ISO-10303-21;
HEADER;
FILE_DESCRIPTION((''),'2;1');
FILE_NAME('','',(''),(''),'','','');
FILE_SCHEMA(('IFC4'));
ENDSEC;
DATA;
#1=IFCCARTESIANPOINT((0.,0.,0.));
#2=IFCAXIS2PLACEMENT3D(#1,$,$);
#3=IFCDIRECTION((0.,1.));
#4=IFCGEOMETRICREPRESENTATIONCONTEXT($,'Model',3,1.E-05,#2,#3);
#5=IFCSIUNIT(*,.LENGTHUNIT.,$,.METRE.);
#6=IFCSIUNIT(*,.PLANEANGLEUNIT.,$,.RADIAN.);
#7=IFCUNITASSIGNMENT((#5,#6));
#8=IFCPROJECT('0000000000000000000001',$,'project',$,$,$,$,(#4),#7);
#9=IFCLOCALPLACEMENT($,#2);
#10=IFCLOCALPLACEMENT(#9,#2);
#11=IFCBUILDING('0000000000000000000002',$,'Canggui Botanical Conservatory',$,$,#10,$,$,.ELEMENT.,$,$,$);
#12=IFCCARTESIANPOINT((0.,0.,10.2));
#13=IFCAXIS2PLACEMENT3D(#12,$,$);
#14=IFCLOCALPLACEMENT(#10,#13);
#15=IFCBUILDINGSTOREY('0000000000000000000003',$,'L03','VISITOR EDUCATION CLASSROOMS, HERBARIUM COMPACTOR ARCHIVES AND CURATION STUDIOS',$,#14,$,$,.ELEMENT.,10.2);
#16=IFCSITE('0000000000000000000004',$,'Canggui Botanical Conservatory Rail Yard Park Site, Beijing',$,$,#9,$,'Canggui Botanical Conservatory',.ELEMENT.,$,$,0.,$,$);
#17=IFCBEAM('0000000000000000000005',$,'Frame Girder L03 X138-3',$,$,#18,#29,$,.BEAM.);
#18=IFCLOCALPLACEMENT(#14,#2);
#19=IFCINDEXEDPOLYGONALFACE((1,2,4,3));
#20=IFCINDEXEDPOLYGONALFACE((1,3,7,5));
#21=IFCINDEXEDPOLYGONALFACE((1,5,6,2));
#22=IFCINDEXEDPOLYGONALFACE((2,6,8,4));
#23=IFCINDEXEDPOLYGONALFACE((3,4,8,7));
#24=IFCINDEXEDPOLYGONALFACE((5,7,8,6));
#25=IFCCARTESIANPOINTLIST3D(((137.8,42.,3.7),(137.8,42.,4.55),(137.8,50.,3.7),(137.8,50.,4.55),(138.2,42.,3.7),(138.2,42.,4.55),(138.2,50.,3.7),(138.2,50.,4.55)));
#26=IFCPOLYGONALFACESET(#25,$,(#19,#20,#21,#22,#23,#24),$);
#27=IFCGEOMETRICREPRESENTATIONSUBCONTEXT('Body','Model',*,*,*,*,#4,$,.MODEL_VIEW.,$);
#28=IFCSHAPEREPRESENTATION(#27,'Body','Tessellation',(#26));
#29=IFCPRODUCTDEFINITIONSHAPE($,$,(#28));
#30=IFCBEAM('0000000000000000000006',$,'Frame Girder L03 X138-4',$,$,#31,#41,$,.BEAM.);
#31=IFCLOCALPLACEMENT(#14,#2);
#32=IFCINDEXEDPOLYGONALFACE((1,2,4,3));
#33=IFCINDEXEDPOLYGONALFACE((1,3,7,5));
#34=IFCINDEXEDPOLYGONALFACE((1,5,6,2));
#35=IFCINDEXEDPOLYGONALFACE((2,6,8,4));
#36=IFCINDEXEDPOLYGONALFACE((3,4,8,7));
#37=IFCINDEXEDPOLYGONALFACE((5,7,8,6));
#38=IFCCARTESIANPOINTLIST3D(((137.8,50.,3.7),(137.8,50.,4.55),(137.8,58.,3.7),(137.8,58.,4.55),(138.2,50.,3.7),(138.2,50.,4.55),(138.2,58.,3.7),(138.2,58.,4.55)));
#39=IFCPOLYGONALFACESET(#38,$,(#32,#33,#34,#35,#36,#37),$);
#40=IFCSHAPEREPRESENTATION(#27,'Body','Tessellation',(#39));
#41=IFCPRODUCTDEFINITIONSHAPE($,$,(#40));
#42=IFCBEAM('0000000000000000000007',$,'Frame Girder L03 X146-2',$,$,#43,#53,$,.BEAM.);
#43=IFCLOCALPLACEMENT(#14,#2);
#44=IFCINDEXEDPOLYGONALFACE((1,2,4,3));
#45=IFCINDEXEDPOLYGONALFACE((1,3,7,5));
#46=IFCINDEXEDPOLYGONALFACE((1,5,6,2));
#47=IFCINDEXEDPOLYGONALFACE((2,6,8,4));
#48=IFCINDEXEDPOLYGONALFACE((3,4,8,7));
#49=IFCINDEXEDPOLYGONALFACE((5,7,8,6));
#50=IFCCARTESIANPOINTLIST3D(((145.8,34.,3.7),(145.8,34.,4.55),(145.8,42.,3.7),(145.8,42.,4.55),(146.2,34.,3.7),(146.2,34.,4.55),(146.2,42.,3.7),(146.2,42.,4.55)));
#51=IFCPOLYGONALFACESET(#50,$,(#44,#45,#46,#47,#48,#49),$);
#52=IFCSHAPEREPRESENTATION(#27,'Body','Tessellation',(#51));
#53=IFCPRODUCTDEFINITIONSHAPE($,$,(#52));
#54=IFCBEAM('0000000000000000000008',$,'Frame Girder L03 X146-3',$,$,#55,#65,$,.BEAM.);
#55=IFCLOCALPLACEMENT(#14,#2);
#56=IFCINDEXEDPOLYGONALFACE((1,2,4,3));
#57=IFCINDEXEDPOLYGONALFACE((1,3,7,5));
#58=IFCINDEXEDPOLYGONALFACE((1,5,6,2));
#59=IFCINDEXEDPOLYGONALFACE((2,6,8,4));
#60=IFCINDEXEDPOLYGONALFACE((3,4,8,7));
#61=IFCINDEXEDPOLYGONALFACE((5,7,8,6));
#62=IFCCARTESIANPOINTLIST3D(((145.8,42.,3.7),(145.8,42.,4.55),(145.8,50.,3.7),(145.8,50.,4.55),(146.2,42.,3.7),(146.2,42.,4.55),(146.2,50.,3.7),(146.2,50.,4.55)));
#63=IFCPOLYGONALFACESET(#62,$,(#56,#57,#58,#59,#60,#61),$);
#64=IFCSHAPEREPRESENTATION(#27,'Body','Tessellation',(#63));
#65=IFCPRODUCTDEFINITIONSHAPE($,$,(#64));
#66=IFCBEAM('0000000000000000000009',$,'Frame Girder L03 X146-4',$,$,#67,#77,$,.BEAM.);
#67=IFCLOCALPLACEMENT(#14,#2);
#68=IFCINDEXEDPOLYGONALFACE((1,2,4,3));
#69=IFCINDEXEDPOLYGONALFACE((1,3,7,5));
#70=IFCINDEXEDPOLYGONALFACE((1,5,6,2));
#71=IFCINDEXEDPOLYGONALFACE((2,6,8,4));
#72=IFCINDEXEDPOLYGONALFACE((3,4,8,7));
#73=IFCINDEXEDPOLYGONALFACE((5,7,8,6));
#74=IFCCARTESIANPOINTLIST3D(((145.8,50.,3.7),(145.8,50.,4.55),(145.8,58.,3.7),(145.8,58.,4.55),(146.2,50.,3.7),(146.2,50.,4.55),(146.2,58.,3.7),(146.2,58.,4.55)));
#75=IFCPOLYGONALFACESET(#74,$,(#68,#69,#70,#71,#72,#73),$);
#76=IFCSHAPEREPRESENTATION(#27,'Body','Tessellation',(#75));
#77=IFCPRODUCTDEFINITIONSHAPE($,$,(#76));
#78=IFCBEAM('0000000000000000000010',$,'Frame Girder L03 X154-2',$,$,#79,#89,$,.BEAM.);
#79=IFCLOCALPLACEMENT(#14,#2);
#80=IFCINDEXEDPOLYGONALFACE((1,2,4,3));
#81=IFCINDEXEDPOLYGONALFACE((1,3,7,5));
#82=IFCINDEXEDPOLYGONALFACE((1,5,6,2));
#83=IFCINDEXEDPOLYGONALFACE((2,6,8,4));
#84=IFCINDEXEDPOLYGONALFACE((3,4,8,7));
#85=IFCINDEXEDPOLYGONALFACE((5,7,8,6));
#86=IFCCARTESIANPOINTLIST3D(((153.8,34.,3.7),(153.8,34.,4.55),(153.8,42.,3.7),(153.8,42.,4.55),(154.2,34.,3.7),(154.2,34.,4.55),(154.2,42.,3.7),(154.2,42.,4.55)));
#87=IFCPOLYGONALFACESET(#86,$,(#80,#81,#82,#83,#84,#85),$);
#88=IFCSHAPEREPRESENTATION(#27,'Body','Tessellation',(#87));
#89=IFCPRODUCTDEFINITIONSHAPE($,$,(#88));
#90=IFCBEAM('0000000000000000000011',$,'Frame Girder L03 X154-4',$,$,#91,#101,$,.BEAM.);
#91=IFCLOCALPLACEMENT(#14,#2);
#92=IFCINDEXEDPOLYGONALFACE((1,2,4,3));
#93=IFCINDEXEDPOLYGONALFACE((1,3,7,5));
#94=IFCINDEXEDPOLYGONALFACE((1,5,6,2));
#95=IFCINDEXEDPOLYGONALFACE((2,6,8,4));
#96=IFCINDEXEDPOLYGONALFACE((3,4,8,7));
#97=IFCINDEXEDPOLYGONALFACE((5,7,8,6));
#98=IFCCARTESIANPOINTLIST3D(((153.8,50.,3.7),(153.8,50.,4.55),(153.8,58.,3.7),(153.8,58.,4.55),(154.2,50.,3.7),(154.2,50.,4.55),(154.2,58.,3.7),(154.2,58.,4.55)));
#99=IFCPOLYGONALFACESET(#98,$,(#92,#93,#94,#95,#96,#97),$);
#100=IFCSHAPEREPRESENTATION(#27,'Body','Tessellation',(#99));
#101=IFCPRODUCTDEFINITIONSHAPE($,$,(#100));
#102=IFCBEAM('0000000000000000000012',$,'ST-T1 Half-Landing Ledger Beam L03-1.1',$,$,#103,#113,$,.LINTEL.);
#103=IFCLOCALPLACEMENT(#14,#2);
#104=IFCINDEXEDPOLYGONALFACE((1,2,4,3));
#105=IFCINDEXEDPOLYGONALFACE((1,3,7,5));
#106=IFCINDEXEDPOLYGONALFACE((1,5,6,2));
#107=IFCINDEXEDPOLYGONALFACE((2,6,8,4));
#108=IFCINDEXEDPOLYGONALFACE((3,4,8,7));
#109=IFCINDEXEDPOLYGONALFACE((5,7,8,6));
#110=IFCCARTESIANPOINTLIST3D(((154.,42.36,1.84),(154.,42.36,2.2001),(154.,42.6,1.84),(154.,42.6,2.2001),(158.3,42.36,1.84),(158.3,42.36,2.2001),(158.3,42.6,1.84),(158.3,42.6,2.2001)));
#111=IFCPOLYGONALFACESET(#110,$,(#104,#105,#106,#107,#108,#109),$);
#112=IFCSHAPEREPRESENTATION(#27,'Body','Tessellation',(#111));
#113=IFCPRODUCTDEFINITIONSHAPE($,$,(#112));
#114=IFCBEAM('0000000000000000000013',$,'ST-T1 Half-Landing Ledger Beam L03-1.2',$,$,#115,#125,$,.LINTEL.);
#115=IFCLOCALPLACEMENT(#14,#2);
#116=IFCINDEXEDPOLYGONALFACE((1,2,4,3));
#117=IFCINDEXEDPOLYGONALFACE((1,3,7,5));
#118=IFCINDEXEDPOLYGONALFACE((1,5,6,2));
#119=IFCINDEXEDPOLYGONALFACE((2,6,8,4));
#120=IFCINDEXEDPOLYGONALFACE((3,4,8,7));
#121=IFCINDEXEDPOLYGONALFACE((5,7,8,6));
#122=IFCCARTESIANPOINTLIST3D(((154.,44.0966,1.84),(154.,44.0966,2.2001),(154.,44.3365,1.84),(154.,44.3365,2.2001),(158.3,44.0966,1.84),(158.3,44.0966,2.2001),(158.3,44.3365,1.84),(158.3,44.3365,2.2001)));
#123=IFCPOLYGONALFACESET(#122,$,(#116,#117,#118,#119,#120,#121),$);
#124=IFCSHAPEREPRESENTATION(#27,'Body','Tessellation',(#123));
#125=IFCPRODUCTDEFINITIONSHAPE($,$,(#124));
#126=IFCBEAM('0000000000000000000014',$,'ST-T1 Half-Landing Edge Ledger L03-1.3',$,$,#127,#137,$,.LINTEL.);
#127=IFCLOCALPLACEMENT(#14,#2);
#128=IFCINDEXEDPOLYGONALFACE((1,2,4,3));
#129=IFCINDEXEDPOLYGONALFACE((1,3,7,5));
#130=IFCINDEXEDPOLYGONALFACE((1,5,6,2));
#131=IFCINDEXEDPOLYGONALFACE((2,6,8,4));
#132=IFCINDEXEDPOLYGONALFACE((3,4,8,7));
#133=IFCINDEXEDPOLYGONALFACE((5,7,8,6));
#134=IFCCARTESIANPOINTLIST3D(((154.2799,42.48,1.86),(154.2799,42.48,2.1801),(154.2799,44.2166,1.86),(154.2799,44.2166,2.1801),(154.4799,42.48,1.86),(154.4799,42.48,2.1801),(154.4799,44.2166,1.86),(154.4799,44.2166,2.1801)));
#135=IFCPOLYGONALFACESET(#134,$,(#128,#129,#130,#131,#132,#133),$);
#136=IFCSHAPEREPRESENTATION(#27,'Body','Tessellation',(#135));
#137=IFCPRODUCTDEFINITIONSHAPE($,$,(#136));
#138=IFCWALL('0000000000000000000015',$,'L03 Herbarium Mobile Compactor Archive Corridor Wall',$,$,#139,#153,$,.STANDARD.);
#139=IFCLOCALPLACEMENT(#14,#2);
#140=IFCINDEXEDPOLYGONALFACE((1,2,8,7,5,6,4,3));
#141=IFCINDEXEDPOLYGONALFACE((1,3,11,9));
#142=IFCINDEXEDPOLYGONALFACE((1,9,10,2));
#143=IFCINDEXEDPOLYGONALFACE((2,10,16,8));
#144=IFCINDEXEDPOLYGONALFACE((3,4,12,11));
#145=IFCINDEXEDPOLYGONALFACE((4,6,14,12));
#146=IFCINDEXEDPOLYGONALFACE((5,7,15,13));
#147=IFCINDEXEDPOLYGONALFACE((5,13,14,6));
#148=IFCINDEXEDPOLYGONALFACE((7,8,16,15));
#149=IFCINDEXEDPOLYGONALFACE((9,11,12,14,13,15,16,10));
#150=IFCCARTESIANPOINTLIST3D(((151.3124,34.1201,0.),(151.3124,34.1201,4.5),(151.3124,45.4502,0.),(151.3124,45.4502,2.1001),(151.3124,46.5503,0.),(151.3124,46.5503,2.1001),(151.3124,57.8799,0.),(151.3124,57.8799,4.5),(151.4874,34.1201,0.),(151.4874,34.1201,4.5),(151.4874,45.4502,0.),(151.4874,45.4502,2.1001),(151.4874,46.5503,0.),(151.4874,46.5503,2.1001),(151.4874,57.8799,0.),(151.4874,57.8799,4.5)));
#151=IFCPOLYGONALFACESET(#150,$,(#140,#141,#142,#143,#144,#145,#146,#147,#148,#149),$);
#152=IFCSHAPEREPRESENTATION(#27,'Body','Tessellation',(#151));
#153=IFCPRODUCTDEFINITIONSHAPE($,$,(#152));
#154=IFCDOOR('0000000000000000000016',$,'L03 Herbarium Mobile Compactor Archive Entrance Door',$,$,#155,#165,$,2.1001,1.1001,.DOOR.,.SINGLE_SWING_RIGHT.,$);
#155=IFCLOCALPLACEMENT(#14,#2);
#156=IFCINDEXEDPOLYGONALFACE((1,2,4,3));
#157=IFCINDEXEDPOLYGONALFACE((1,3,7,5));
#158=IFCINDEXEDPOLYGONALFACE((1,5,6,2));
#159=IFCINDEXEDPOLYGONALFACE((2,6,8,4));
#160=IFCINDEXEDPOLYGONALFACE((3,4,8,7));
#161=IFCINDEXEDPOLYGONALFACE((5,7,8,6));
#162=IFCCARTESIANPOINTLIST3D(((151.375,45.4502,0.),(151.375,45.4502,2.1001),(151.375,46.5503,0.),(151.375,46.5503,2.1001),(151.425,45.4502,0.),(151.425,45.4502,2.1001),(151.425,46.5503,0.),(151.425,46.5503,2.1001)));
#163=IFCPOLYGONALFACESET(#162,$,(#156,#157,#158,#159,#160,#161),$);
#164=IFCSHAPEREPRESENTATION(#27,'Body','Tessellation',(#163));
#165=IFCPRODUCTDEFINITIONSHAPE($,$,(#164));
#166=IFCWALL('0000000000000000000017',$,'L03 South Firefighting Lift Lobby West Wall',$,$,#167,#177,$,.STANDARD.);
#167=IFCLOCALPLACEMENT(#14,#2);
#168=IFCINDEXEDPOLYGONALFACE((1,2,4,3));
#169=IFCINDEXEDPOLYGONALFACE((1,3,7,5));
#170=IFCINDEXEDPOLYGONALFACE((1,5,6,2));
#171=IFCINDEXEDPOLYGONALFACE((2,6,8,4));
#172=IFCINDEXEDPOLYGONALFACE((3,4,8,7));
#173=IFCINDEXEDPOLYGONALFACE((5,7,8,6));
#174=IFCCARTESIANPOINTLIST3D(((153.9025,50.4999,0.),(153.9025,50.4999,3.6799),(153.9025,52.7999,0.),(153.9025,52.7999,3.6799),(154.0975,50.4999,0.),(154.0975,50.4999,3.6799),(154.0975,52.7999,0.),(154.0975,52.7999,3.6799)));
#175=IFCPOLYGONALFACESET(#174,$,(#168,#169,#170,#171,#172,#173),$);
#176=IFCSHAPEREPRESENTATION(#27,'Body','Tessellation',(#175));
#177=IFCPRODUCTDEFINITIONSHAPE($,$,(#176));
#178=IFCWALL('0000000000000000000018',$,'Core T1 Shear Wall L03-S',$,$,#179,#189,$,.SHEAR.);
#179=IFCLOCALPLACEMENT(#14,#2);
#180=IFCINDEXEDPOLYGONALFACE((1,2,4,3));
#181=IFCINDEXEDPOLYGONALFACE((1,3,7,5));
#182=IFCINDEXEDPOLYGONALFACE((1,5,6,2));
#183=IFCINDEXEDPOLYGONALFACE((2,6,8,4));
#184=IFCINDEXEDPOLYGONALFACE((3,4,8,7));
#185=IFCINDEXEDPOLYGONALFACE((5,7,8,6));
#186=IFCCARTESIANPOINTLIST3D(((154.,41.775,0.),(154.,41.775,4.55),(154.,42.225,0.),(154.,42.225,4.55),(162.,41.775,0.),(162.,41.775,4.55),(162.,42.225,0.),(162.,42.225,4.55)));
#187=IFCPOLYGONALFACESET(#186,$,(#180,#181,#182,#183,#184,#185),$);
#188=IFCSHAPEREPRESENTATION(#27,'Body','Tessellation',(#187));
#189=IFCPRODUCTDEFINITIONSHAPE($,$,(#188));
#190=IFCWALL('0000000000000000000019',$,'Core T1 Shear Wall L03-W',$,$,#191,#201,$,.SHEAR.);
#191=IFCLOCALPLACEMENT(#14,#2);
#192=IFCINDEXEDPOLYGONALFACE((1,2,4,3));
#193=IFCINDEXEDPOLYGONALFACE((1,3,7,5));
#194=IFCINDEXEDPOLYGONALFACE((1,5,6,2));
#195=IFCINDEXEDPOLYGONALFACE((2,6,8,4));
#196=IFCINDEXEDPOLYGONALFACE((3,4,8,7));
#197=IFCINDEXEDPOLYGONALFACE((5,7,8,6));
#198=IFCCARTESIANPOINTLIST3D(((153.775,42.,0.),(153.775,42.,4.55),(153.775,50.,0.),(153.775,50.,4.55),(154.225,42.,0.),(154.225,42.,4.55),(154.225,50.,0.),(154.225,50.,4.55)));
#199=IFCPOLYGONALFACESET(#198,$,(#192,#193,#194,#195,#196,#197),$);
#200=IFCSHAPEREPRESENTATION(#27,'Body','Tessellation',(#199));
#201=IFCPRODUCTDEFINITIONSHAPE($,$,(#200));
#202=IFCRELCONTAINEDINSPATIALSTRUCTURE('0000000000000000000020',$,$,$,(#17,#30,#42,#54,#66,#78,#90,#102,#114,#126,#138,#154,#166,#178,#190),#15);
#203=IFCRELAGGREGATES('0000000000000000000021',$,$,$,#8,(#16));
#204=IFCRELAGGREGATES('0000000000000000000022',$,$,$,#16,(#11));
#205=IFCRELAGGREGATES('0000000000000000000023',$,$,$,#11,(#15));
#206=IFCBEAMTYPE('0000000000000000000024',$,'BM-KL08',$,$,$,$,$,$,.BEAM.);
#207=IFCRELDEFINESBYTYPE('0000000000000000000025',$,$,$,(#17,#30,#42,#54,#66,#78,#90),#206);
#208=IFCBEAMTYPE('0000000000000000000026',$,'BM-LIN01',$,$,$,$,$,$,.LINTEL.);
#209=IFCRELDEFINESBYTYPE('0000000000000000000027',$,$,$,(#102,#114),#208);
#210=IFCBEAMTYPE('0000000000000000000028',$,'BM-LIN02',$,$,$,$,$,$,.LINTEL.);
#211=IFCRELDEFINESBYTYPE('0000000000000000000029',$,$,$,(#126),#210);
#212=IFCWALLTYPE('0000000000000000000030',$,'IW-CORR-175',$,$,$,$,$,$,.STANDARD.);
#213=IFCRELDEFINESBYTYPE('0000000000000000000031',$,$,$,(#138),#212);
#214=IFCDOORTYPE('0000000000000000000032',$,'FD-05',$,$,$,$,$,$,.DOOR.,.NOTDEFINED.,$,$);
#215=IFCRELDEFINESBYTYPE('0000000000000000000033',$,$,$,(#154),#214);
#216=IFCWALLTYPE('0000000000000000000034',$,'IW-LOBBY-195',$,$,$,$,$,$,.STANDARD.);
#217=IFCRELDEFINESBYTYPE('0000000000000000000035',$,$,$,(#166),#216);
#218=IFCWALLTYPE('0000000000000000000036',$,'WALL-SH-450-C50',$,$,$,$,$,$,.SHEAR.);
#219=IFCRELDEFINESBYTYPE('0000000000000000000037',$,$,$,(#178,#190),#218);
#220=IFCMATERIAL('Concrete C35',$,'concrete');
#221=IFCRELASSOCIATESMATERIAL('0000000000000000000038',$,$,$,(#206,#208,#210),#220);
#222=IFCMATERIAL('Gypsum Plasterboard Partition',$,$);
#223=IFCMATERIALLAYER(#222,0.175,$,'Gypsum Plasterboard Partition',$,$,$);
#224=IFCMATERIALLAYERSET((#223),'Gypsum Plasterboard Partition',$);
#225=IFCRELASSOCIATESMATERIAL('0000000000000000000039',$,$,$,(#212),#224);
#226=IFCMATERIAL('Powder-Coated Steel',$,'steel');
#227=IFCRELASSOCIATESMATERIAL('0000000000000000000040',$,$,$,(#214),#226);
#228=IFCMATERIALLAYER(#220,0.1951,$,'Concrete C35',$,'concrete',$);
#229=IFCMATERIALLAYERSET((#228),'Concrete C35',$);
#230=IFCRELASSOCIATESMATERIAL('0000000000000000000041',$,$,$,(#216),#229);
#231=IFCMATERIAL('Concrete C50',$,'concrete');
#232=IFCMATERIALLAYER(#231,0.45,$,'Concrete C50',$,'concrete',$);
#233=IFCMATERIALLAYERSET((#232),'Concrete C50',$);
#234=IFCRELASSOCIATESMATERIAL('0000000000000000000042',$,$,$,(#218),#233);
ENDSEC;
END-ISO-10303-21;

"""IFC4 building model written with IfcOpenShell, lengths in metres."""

from ifc_helpers import new_model, si_unit, direction, frame, frame_2d, origin, origin_2d, place, context, subcontext, project, spatial, rectangle, extrude, material, layer, layer_set, material_profile, profile_set, type_object, element, fill, save


model = new_model("IFC4")

# Units and contexts
model_context = context("Model", 3, precision=1e-05, world=origin(), true_north=direction((0.0, 1.0)))
body_context = subcontext(model_context, "Body", "Model", "MODEL_VIEW")
ifc_project = project(units=[si_unit("LENGTHUNIT", "METRE"), si_unit("PLANEANGLEUNIT", "RADIAN")], contexts=[model_context])

# Site, building, storey
site_placement = place(None, origin())
site = spatial("IfcSite", under=ifc_project, at=site_placement, Name="Canggui Botanical Conservatory Rail Yard Park Site, Beijing", LongName="Canggui Botanical Conservatory", CompositionType="ELEMENT", RefElevation=0.0)
building_placement = place(site_placement, origin())
building = spatial("IfcBuilding", under=site, at=building_placement, Name="Canggui Botanical Conservatory", CompositionType="ELEMENT")
storey_placement = place(building_placement, frame((0.0, 0.0, 10.2)))
storey = spatial("IfcBuildingStorey", under=building, at=storey_placement, Name="L03", Description="VISITOR EDUCATION CLASSROOMS, HERBARIUM COMPACTOR ARCHIVES AND CURATION STUDIOS", CompositionType="ELEMENT", Elevation=10.2)

# Shared definitions
ifc_material_1 = material(Name="Concrete C50", Category="concrete")

# Beams
ifc_material_2 = material(Name="Concrete C35", Category="concrete")
ifc_material_profile_1 = material_profile(ifc_material_2, rectangle(XDim=0.3999, YDim=0.8501, at=origin_2d()), Name="RB 400x850")
ifc_profile_set_1 = profile_set([ifc_material_profile_1], Name="Concrete C35")
beam_type_1 = type_object("IfcBeamType", Name="BM-KL08", PredefinedType="BEAM", material=ifc_profile_set_1)
for number, where, z_axis, x_axis, name in (
    (1, (138.0, 42.0, 4.125), (0.0, 1.0, 0.0), (-1.0, 0.0, 0.0), "Frame Girder L03 X138-3"),
    (2, (138.0, 50.0, 4.125), (0.0, 1.0, 0.0), (-1.0, 0.0, 0.0), "Frame Girder L03 X138-4"),
    (3, (146.0, 34.0, 4.125), (0.0, 1.0, 0.0), (-1.0, 0.0, 0.0), "Frame Girder L03 X146-2"),
    (4, (146.0, 42.0, 4.125), (0.0, 1.0, 0.0), (-1.0, 0.0, 0.0), "Frame Girder L03 X146-3"),
    (5, (146.0, 50.0, 4.125), (0.0, 1.0, 0.0), (-1.0, 0.0, 0.0), "Frame Girder L03 X146-4"),
    (6, (154.0, 34.0, 4.125), (0.0, 1.0, 0.0), (-1.0, 0.0, 0.0), "Frame Girder L03 X154-2"),
    (7, (154.0, 50.0, 4.125), (0.0, 1.0, 0.0), (-1.0, 0.0, 0.0), "Frame Girder L03 X154-4"),
):
    element("IfcBeam", number, at=place(storey_placement, frame(where, z_axis=z_axis, x_axis=x_axis)), inside=storey, type_object=beam_type_1, Name=name, PredefinedType="BEAM", context=body_context, shape_type="SweptSolid", body=[
        extrude(rectangle(XDim=0.3999, YDim=0.8501, at=origin_2d()), origin(), (0.0, 0.0, 1.0), 8.0),
    ])
ifc_material_profile_2 = material_profile(ifc_material_2, rectangle(XDim=0.24, YDim=0.3601, at=origin_2d()), Name="RB 240x360")
ifc_profile_set_2 = profile_set([ifc_material_profile_2], Name="Concrete C35")
beam_type_2 = type_object("IfcBeamType", Name="BM-LIN01", PredefinedType="LINTEL", material=ifc_profile_set_2)
for number, where, z_axis, x_axis, name in (
    (8, (154.0, 42.48, 2.02), (1.0, 0.0, 0.0), (0.0, 1.0, 0.0), "ST-T1 Half-Landing Ledger Beam L03-1.1"),
    (9, (154.0, 44.2166, 2.02), (1.0, 0.0, 0.0), (0.0, 1.0, 0.0), "ST-T1 Half-Landing Ledger Beam L03-1.2"),
):
    element("IfcBeam", number, at=place(storey_placement, frame(where, z_axis=z_axis, x_axis=x_axis)), inside=storey, type_object=beam_type_2, Name=name, PredefinedType="LINTEL", context=body_context, shape_type="SweptSolid", body=[
        extrude(rectangle(XDim=0.24, YDim=0.3601, at=origin_2d()), origin(), (0.0, 0.0, 1.0), 4.3),
    ])
ifc_material_profile_3 = material_profile(ifc_material_2, rectangle(XDim=0.2, YDim=0.3201, at=origin_2d()), Name="RB 200x320")
ifc_profile_set_3 = profile_set([ifc_material_profile_3], Name="Concrete C35")
beam_type_3 = type_object("IfcBeamType", Name="BM-LIN02", PredefinedType="LINTEL", material=ifc_profile_set_3)
beam_placement = place(storey_placement, frame((154.3799, 42.48, 2.02), z_axis=(0.0, 1.0, 0.0), x_axis=(-1.0, 0.0, 0.0)))
element("IfcBeam", 10, at=beam_placement, inside=storey, type_object=beam_type_3, Name="ST-T1 Half-Landing Edge Ledger L03-1.3", PredefinedType="LINTEL", context=body_context, shape_type="SweptSolid", body=[
    extrude(rectangle(XDim=0.2, YDim=0.3201, at=origin_2d()), origin(), (0.0, 0.0, 1.0), 1.7366),
])

# Wall, opening, door
ifc_material_3 = material(Name="Gypsum Plasterboard Partition")
ifc_layer_1 = layer(ifc_material_3, 0.175, Name="Gypsum Plasterboard Partition")
ifc_layer_set_1 = layer_set([ifc_layer_1], Name="Gypsum Plasterboard Partition")
wall_type_1 = type_object("IfcWallType", Name="IW-CORR-175", PredefinedType="STANDARD", material=ifc_layer_set_1)
wall_1_placement = place(storey_placement, frame((151.3999, 34.1201, 0.0), z_axis=(0.0, 0.0, 1.0), x_axis=(0.0, 1.0, 0.0)))
wall_1 = element("IfcWall", 11, at=wall_1_placement, inside=storey, type_object=wall_type_1, Name="L03 Herbarium Mobile Compactor Archive Corridor Wall", PredefinedType="STANDARD", context=body_context, shape_type="SweptSolid", body=[
    extrude(rectangle(XDim=23.7598, YDim=0.175, at=frame_2d((11.8799, 0.0))), origin(), (0.0, 0.0, 1.0), 4.5),
])
opening_placement = place(wall_1_placement, frame((11.3301, 0.0, 0.0)))
opening = element("IfcOpeningElement", 12, at=opening_placement, cuts=wall_1, PredefinedType="OPENING", context=body_context, shape_type="SweptSolid", body=[
    extrude(rectangle(XDim=1.1001, YDim=2.1001, at=frame_2d((0.55, 1.05))), frame((0.0, 0.0977, 0.0), z_axis=(0.0, -1.0, 0.0), x_axis=(1.0, 0.0, 0.0)), (0.0, 0.0, 1.0), 0.1951),
])
ifc_material_4 = material(Name="Powder-Coated Steel", Category="steel")
door_type = type_object("IfcDoorType", Name="FD-05", OperationType="NOTDEFINED", PredefinedType="DOOR", material=ifc_material_4)
door_placement = place(opening_placement, origin())
door = element("IfcDoor", 13, at=door_placement, inside=storey, type_object=door_type, Name="L03 Herbarium Mobile Compactor Archive Entrance Door", OperationType="SINGLE_SWING_RIGHT", OverallHeight=2.1001, OverallWidth=1.1001, PredefinedType="DOOR", context=body_context, shape_type="SweptSolid", body=[
    extrude(rectangle(XDim=1.1001, YDim=2.1001, at=frame_2d((0.55, 1.05))), frame((0.0, 0.0249, 0.0), z_axis=(0.0, -1.0, 0.0), x_axis=(1.0, 0.0, 0.0)), (0.0, 0.0, 1.0), 0.05),
])
fill(opening, door)

# Walls
ifc_layer_2 = layer(ifc_material_2, 0.1951, Name="Concrete C35", Category="concrete")
ifc_layer_set_2 = layer_set([ifc_layer_2], Name="Concrete C35")
wall_type_2 = type_object("IfcWallType", Name="IW-LOBBY-195", PredefinedType="STANDARD", material=ifc_layer_set_2)
wall_2_placement = place(storey_placement, frame((154.0, 50.5, 0.0), z_axis=(0.0, 0.0, 1.0), x_axis=(0.0, 1.0, 0.0)))
element("IfcWall", 14, at=wall_2_placement, inside=storey, type_object=wall_type_2, Name="L03 South Firefighting Lift Lobby West Wall", PredefinedType="STANDARD", context=body_context, shape_type="SweptSolid", body=[
    extrude(rectangle(XDim=2.3, YDim=0.1951, at=frame_2d((1.1499, 0.0))), origin(), (0.0, 0.0, 1.0), 3.6799),
])
ifc_layer_3 = layer(ifc_material_1, 0.45, Name="Concrete C50", Category="concrete")
ifc_layer_set_3 = layer_set([ifc_layer_3], Name="Concrete C50")
wall_type_3 = type_object("IfcWallType", Name="WALL-SH-450-C50", PredefinedType="SHEAR", material=ifc_layer_set_3)
for number, where, z_axis, x_axis, name in (
    (15, (154.0, 42.0, 0.0), (0.0, 0.0, 1.0), (1.0, 0.0, 0.0), "Core T1 Shear Wall L03-S"),
    (16, (154.0, 50.0, 0.0), (0.0, 0.0, 1.0), (0.0, -1.0, 0.0), "Core T1 Shear Wall L03-W"),
):
    element("IfcWall", number, at=place(storey_placement, frame(where, z_axis=z_axis, x_axis=x_axis)), inside=storey, type_object=wall_type_3, Name=name, PredefinedType="SHEAR", context=body_context, shape_type="SweptSolid", body=[
        extrude(rectangle(XDim=8.0, YDim=0.45, at=frame_2d((4.0, 0.0))), origin(), (0.0, 0.0, 1.0), 4.55),
    ])

save(model, "model.ifc")
